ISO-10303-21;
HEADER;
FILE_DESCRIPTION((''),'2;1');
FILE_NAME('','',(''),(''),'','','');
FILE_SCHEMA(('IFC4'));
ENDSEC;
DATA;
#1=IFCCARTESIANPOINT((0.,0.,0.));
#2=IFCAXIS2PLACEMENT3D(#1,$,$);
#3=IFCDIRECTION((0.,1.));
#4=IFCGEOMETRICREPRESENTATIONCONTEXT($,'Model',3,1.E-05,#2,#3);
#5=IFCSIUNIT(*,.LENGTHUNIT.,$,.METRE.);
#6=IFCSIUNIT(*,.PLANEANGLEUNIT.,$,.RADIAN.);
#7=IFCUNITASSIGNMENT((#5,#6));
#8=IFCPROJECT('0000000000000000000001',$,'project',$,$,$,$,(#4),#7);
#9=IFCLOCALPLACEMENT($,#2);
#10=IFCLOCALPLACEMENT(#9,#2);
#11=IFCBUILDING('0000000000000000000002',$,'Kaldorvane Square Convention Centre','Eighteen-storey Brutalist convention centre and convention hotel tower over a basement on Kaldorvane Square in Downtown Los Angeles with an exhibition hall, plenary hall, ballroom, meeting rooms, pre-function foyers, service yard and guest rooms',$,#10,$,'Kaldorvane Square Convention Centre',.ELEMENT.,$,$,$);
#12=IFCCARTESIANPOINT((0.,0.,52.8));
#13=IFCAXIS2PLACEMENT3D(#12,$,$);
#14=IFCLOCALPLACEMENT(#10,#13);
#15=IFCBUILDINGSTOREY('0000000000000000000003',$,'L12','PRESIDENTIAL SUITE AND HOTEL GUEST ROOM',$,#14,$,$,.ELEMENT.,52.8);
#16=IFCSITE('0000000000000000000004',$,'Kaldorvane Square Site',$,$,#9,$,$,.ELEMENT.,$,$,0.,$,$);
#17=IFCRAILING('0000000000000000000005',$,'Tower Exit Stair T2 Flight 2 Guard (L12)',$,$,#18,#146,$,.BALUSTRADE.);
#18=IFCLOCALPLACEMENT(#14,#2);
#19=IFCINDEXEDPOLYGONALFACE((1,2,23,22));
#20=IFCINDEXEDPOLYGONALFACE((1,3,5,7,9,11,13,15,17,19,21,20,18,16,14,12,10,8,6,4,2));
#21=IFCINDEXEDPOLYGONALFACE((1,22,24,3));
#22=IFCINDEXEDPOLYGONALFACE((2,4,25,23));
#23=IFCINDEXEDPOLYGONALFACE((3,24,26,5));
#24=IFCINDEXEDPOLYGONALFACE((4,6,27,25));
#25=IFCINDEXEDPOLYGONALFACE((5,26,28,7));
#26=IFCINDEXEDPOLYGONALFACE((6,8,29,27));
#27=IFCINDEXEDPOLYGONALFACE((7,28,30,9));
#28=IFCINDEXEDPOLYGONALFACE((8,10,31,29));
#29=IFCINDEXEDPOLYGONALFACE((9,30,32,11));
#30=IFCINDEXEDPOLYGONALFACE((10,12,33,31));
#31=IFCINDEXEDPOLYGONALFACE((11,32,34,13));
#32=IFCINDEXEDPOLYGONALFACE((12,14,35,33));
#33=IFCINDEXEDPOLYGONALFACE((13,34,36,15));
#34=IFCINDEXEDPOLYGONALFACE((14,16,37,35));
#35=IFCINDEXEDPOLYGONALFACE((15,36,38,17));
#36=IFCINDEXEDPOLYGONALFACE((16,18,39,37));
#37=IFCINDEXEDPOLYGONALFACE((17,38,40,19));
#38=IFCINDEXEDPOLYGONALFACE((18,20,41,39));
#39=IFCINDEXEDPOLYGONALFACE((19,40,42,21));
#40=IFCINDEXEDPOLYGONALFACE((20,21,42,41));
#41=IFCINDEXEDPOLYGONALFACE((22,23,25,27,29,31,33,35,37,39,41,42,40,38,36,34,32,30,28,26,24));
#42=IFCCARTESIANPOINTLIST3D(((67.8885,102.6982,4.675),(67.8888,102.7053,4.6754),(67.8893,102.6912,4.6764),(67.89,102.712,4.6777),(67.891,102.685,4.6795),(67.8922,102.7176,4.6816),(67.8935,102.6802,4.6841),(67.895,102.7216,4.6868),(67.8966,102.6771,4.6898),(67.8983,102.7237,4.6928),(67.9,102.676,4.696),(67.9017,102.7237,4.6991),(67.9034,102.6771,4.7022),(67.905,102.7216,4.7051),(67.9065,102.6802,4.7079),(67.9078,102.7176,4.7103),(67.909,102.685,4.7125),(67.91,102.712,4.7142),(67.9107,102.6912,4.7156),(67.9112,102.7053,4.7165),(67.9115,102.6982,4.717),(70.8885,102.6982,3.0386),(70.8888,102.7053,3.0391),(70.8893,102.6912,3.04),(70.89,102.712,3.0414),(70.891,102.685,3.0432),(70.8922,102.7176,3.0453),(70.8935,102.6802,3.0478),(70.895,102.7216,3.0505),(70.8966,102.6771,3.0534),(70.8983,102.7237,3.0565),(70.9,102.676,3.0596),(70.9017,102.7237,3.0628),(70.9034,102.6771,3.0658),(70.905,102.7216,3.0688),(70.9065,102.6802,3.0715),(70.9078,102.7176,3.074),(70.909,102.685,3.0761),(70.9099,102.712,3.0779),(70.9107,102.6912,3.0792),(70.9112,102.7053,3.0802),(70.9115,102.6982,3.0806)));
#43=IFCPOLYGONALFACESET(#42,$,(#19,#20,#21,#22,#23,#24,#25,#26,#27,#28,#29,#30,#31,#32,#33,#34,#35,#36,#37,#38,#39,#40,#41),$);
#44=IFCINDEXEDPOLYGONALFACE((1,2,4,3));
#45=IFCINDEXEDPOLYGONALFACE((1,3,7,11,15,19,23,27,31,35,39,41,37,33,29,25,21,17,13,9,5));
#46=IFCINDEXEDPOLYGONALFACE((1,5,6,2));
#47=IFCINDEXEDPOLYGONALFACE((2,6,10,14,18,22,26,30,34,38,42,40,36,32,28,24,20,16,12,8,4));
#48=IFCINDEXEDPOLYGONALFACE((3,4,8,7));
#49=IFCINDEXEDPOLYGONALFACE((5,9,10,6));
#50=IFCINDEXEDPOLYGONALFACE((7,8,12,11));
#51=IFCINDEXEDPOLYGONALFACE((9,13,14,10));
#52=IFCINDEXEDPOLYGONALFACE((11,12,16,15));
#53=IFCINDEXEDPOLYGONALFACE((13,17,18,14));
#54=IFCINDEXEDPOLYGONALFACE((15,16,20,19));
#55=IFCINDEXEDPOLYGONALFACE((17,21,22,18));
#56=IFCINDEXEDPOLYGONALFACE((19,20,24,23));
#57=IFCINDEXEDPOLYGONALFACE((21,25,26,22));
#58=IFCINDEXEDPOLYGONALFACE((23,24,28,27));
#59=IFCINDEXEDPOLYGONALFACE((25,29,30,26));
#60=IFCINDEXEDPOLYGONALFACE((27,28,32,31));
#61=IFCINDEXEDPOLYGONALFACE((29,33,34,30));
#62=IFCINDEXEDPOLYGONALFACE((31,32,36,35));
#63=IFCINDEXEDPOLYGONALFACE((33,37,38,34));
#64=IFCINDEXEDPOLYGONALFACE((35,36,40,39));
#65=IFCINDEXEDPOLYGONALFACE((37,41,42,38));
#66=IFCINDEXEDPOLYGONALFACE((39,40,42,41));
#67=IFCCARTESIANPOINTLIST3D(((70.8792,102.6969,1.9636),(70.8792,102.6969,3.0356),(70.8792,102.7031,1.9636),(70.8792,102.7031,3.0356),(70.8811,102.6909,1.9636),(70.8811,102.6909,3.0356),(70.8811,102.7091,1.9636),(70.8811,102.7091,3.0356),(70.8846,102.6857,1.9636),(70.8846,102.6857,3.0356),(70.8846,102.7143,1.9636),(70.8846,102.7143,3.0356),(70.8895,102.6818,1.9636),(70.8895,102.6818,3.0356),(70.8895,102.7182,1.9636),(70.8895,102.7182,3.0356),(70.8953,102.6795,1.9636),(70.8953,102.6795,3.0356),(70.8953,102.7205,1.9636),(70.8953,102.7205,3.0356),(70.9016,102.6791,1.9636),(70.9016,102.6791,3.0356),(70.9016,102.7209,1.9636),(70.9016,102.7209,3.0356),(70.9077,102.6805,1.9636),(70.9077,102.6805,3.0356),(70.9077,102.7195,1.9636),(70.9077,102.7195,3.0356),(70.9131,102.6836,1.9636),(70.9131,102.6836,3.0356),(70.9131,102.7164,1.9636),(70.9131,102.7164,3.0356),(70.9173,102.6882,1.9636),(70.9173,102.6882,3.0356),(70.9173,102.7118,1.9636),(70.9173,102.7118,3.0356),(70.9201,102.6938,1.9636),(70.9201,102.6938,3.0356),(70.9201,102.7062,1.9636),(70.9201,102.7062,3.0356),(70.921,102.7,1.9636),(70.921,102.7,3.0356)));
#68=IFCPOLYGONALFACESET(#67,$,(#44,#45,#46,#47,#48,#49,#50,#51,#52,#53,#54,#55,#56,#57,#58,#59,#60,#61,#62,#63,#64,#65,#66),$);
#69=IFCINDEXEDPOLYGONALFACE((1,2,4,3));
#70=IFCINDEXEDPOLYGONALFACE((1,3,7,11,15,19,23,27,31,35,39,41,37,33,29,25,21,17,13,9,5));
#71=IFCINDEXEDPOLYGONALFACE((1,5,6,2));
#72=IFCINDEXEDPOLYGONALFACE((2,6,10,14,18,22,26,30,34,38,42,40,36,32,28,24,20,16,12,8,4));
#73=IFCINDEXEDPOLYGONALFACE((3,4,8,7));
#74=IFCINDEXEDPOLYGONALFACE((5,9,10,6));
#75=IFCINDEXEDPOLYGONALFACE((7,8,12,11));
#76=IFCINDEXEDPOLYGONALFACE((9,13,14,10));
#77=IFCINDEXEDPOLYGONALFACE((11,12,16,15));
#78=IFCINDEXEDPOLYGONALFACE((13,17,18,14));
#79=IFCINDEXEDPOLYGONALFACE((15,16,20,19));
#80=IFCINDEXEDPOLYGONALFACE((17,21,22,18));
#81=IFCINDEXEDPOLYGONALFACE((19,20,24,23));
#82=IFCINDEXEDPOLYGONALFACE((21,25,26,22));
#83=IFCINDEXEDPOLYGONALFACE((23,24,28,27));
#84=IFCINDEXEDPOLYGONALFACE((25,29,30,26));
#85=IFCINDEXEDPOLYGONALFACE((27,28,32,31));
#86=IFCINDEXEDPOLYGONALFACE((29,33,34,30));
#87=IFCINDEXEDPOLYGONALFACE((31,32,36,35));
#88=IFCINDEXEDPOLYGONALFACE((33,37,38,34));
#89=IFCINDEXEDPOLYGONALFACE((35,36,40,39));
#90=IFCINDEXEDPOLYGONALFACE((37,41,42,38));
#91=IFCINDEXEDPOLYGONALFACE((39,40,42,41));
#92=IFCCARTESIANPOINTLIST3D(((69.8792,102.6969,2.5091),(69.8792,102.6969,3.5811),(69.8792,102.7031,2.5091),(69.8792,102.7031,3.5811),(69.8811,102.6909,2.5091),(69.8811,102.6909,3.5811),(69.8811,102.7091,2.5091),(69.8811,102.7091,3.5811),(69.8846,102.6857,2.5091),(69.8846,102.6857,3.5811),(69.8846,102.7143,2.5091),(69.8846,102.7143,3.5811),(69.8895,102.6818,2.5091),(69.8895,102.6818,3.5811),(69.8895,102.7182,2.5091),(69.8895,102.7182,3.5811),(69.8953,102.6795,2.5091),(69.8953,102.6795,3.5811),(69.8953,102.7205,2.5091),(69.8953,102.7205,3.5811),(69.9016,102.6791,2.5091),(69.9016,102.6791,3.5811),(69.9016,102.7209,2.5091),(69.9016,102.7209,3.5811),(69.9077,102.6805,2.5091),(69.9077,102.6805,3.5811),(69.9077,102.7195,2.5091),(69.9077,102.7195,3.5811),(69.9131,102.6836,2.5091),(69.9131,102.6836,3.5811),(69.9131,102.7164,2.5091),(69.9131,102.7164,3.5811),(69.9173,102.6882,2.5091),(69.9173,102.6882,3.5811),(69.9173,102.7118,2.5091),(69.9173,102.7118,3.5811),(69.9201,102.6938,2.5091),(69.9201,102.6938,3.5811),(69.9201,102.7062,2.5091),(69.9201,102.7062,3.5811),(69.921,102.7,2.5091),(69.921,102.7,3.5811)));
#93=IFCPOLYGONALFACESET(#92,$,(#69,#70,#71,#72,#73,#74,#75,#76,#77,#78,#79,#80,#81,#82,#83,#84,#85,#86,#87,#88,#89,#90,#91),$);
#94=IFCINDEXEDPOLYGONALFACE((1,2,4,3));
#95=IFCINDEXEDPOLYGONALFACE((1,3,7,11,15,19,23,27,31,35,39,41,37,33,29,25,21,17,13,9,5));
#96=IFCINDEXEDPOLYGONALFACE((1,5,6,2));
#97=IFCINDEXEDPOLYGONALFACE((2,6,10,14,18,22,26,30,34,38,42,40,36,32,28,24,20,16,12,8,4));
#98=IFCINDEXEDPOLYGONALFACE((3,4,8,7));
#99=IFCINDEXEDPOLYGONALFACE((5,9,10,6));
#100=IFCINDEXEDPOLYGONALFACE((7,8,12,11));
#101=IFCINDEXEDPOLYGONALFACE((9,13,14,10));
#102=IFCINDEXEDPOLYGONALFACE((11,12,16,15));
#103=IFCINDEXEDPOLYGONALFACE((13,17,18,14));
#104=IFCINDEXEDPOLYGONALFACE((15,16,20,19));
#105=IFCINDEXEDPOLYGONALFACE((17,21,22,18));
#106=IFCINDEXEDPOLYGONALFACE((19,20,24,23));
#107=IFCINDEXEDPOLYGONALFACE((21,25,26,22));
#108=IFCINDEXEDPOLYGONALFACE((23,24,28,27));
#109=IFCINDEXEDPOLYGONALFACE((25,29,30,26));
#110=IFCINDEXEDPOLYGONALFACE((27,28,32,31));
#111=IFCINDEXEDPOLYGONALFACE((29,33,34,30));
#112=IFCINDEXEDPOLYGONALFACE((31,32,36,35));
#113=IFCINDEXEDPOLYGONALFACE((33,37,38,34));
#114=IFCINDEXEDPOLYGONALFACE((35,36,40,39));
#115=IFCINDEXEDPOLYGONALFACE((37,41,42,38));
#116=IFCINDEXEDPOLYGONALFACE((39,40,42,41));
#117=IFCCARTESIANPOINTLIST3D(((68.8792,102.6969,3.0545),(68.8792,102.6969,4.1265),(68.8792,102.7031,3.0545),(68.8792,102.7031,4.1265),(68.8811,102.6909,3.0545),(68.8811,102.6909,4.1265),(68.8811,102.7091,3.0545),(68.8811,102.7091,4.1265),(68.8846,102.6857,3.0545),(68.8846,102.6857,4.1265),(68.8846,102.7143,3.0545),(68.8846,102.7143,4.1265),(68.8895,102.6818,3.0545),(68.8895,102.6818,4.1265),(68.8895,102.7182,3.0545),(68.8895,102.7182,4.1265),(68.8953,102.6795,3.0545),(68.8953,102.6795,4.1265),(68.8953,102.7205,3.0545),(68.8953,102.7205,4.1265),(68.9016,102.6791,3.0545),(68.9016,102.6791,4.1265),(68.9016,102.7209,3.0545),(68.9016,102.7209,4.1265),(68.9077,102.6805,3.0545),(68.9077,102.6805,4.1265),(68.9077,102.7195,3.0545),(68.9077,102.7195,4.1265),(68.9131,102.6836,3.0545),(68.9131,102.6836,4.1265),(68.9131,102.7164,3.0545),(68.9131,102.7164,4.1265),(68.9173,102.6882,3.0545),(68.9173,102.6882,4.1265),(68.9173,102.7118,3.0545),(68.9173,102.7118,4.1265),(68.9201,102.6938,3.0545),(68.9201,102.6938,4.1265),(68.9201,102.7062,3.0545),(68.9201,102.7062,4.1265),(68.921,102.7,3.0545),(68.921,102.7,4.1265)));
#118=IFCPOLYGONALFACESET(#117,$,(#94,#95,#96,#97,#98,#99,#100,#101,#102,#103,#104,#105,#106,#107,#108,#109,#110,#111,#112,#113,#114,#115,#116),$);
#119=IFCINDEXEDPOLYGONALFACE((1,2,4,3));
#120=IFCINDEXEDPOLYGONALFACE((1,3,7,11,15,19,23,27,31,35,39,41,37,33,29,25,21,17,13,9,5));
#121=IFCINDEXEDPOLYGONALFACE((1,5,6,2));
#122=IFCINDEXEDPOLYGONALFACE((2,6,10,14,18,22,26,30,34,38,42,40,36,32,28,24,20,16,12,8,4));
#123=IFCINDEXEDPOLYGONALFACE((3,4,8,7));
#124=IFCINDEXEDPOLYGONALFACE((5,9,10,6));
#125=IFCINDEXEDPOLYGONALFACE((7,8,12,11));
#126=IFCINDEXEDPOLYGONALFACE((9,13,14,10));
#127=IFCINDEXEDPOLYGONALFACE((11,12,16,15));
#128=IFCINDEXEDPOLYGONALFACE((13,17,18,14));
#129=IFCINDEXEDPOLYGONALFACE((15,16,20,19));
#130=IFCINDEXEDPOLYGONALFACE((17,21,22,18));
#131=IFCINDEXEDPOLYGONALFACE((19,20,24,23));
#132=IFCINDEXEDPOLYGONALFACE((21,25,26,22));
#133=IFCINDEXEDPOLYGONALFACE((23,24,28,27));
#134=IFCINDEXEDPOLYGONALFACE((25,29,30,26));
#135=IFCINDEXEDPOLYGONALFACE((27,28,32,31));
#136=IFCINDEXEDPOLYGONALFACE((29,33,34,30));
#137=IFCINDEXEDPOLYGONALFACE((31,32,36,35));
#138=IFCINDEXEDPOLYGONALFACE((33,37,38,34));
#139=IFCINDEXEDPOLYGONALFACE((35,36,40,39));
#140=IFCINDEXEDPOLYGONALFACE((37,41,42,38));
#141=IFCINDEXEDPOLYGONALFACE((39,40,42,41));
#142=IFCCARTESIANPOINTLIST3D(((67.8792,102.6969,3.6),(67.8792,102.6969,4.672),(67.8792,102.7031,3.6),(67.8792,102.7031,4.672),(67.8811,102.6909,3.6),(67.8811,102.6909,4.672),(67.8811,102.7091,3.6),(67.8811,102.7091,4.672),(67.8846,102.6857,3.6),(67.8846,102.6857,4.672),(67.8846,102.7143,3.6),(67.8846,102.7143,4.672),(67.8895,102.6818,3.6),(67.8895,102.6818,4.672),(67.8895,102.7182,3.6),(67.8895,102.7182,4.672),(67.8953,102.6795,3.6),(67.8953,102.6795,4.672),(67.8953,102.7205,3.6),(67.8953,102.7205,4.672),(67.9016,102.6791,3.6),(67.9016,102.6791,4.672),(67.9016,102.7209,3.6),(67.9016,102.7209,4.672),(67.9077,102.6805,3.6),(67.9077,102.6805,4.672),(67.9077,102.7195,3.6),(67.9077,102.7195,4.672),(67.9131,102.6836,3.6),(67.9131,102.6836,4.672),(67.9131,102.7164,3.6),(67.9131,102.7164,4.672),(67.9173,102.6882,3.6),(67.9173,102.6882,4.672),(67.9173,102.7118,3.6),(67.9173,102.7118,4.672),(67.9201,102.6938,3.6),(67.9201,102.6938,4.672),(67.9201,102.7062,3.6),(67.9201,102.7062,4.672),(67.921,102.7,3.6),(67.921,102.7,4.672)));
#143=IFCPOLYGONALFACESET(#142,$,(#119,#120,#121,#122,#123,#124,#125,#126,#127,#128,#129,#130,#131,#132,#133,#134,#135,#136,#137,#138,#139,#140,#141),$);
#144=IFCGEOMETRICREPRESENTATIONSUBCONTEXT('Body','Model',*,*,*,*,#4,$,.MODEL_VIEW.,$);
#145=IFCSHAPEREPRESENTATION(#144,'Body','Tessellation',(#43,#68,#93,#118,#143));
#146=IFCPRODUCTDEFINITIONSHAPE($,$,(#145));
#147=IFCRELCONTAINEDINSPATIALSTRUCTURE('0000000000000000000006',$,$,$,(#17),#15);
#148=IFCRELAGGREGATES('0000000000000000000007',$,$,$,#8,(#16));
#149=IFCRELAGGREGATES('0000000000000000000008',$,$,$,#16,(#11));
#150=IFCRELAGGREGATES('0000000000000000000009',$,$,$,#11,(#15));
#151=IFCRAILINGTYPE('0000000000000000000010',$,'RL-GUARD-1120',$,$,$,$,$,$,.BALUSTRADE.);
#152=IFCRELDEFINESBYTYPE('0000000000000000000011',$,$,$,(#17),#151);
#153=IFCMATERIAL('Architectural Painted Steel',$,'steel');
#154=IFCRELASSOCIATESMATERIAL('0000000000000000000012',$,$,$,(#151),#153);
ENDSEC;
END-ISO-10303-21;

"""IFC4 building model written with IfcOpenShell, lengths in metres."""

from ifc_helpers import new_model, si_unit, direction, frame, origin, origin_2d, place, context, subcontext, project, spatial, circle, extrude, material, type_object, element, save


model = new_model("IFC4")

# Units and contexts
model_context = context("Model", 3, precision=1e-05, world=origin(), true_north=direction((0.0, 1.0)))
body_context = subcontext(model_context, "Body", "Model", "MODEL_VIEW")
ifc_project = project(units=[si_unit("LENGTHUNIT", "METRE"), si_unit("PLANEANGLEUNIT", "RADIAN")], contexts=[model_context])

# Site, building, storey
site_placement = place(None, origin())
site = spatial("IfcSite", under=ifc_project, at=site_placement, Name="Kaldorvane Square Site", CompositionType="ELEMENT", RefElevation=0.0)
building_placement = place(site_placement, origin())
building = spatial("IfcBuilding", under=site, at=building_placement, Name="Kaldorvane Square Convention Centre", Description="Eighteen-storey Brutalist convention centre and convention hotel tower over a basement on Kaldorvane Square in Downtown Los Angeles with an exhibition hall, plenary hall, ballroom, meeting rooms, pre-function foyers, service yard and guest rooms", LongName="Kaldorvane Square Convention Centre", CompositionType="ELEMENT")
storey_placement = place(building_placement, frame((0.0, 0.0, 52.8)))
storey = spatial("IfcBuildingStorey", under=building, at=storey_placement, Name="L12", Description="PRESIDENTIAL SUITE AND HOTEL GUEST ROOM", CompositionType="ELEMENT", Elevation=52.8)

# Railing
ifc_material_1 = material(Name="Architectural Painted Steel", Category="steel")
railing_type_1 = type_object("IfcRailingType", Name="RL-GUARD-1120", PredefinedType="BALUSTRADE", material=ifc_material_1)
railing_1_placement = place(storey_placement, frame((70.9, 102.7, 1.9636)))
element("IfcRailing", 1, at=railing_1_placement, inside=storey, type_object=railing_type_1, Name="Tower Exit Stair T2 Flight 2 Guard (L12)", PredefinedType="BALUSTRADE", context=body_context, shape_type="SweptSolid", body=[
    extrude(circle(Radius=0.024, at=origin_2d()), frame((0.0, 0.0, 1.096), z_axis=(-0.877897, 0.0, 0.47885), x_axis=(0.0, -1.0, 0.0)), (0.0, 0.0, 1.0), 3.4173),
    extrude(circle(Radius=0.021, at=origin_2d()), origin(), (0.0, 0.0, 1.0), 1.072),
    extrude(circle(Radius=0.021, at=origin_2d()), frame((-1.0, 0.0, 0.5455)), (0.0, 0.0, 1.0), 1.072),
    extrude(circle(Radius=0.021, at=origin_2d()), frame((-2.0, 0.0, 1.0909)), (0.0, 0.0, 1.0), 1.072),
    extrude(circle(Radius=0.021, at=origin_2d()), frame((-3.0, 0.0, 1.6364)), (0.0, 0.0, 1.0), 1.072),
])

save(model, "model.ifc")
